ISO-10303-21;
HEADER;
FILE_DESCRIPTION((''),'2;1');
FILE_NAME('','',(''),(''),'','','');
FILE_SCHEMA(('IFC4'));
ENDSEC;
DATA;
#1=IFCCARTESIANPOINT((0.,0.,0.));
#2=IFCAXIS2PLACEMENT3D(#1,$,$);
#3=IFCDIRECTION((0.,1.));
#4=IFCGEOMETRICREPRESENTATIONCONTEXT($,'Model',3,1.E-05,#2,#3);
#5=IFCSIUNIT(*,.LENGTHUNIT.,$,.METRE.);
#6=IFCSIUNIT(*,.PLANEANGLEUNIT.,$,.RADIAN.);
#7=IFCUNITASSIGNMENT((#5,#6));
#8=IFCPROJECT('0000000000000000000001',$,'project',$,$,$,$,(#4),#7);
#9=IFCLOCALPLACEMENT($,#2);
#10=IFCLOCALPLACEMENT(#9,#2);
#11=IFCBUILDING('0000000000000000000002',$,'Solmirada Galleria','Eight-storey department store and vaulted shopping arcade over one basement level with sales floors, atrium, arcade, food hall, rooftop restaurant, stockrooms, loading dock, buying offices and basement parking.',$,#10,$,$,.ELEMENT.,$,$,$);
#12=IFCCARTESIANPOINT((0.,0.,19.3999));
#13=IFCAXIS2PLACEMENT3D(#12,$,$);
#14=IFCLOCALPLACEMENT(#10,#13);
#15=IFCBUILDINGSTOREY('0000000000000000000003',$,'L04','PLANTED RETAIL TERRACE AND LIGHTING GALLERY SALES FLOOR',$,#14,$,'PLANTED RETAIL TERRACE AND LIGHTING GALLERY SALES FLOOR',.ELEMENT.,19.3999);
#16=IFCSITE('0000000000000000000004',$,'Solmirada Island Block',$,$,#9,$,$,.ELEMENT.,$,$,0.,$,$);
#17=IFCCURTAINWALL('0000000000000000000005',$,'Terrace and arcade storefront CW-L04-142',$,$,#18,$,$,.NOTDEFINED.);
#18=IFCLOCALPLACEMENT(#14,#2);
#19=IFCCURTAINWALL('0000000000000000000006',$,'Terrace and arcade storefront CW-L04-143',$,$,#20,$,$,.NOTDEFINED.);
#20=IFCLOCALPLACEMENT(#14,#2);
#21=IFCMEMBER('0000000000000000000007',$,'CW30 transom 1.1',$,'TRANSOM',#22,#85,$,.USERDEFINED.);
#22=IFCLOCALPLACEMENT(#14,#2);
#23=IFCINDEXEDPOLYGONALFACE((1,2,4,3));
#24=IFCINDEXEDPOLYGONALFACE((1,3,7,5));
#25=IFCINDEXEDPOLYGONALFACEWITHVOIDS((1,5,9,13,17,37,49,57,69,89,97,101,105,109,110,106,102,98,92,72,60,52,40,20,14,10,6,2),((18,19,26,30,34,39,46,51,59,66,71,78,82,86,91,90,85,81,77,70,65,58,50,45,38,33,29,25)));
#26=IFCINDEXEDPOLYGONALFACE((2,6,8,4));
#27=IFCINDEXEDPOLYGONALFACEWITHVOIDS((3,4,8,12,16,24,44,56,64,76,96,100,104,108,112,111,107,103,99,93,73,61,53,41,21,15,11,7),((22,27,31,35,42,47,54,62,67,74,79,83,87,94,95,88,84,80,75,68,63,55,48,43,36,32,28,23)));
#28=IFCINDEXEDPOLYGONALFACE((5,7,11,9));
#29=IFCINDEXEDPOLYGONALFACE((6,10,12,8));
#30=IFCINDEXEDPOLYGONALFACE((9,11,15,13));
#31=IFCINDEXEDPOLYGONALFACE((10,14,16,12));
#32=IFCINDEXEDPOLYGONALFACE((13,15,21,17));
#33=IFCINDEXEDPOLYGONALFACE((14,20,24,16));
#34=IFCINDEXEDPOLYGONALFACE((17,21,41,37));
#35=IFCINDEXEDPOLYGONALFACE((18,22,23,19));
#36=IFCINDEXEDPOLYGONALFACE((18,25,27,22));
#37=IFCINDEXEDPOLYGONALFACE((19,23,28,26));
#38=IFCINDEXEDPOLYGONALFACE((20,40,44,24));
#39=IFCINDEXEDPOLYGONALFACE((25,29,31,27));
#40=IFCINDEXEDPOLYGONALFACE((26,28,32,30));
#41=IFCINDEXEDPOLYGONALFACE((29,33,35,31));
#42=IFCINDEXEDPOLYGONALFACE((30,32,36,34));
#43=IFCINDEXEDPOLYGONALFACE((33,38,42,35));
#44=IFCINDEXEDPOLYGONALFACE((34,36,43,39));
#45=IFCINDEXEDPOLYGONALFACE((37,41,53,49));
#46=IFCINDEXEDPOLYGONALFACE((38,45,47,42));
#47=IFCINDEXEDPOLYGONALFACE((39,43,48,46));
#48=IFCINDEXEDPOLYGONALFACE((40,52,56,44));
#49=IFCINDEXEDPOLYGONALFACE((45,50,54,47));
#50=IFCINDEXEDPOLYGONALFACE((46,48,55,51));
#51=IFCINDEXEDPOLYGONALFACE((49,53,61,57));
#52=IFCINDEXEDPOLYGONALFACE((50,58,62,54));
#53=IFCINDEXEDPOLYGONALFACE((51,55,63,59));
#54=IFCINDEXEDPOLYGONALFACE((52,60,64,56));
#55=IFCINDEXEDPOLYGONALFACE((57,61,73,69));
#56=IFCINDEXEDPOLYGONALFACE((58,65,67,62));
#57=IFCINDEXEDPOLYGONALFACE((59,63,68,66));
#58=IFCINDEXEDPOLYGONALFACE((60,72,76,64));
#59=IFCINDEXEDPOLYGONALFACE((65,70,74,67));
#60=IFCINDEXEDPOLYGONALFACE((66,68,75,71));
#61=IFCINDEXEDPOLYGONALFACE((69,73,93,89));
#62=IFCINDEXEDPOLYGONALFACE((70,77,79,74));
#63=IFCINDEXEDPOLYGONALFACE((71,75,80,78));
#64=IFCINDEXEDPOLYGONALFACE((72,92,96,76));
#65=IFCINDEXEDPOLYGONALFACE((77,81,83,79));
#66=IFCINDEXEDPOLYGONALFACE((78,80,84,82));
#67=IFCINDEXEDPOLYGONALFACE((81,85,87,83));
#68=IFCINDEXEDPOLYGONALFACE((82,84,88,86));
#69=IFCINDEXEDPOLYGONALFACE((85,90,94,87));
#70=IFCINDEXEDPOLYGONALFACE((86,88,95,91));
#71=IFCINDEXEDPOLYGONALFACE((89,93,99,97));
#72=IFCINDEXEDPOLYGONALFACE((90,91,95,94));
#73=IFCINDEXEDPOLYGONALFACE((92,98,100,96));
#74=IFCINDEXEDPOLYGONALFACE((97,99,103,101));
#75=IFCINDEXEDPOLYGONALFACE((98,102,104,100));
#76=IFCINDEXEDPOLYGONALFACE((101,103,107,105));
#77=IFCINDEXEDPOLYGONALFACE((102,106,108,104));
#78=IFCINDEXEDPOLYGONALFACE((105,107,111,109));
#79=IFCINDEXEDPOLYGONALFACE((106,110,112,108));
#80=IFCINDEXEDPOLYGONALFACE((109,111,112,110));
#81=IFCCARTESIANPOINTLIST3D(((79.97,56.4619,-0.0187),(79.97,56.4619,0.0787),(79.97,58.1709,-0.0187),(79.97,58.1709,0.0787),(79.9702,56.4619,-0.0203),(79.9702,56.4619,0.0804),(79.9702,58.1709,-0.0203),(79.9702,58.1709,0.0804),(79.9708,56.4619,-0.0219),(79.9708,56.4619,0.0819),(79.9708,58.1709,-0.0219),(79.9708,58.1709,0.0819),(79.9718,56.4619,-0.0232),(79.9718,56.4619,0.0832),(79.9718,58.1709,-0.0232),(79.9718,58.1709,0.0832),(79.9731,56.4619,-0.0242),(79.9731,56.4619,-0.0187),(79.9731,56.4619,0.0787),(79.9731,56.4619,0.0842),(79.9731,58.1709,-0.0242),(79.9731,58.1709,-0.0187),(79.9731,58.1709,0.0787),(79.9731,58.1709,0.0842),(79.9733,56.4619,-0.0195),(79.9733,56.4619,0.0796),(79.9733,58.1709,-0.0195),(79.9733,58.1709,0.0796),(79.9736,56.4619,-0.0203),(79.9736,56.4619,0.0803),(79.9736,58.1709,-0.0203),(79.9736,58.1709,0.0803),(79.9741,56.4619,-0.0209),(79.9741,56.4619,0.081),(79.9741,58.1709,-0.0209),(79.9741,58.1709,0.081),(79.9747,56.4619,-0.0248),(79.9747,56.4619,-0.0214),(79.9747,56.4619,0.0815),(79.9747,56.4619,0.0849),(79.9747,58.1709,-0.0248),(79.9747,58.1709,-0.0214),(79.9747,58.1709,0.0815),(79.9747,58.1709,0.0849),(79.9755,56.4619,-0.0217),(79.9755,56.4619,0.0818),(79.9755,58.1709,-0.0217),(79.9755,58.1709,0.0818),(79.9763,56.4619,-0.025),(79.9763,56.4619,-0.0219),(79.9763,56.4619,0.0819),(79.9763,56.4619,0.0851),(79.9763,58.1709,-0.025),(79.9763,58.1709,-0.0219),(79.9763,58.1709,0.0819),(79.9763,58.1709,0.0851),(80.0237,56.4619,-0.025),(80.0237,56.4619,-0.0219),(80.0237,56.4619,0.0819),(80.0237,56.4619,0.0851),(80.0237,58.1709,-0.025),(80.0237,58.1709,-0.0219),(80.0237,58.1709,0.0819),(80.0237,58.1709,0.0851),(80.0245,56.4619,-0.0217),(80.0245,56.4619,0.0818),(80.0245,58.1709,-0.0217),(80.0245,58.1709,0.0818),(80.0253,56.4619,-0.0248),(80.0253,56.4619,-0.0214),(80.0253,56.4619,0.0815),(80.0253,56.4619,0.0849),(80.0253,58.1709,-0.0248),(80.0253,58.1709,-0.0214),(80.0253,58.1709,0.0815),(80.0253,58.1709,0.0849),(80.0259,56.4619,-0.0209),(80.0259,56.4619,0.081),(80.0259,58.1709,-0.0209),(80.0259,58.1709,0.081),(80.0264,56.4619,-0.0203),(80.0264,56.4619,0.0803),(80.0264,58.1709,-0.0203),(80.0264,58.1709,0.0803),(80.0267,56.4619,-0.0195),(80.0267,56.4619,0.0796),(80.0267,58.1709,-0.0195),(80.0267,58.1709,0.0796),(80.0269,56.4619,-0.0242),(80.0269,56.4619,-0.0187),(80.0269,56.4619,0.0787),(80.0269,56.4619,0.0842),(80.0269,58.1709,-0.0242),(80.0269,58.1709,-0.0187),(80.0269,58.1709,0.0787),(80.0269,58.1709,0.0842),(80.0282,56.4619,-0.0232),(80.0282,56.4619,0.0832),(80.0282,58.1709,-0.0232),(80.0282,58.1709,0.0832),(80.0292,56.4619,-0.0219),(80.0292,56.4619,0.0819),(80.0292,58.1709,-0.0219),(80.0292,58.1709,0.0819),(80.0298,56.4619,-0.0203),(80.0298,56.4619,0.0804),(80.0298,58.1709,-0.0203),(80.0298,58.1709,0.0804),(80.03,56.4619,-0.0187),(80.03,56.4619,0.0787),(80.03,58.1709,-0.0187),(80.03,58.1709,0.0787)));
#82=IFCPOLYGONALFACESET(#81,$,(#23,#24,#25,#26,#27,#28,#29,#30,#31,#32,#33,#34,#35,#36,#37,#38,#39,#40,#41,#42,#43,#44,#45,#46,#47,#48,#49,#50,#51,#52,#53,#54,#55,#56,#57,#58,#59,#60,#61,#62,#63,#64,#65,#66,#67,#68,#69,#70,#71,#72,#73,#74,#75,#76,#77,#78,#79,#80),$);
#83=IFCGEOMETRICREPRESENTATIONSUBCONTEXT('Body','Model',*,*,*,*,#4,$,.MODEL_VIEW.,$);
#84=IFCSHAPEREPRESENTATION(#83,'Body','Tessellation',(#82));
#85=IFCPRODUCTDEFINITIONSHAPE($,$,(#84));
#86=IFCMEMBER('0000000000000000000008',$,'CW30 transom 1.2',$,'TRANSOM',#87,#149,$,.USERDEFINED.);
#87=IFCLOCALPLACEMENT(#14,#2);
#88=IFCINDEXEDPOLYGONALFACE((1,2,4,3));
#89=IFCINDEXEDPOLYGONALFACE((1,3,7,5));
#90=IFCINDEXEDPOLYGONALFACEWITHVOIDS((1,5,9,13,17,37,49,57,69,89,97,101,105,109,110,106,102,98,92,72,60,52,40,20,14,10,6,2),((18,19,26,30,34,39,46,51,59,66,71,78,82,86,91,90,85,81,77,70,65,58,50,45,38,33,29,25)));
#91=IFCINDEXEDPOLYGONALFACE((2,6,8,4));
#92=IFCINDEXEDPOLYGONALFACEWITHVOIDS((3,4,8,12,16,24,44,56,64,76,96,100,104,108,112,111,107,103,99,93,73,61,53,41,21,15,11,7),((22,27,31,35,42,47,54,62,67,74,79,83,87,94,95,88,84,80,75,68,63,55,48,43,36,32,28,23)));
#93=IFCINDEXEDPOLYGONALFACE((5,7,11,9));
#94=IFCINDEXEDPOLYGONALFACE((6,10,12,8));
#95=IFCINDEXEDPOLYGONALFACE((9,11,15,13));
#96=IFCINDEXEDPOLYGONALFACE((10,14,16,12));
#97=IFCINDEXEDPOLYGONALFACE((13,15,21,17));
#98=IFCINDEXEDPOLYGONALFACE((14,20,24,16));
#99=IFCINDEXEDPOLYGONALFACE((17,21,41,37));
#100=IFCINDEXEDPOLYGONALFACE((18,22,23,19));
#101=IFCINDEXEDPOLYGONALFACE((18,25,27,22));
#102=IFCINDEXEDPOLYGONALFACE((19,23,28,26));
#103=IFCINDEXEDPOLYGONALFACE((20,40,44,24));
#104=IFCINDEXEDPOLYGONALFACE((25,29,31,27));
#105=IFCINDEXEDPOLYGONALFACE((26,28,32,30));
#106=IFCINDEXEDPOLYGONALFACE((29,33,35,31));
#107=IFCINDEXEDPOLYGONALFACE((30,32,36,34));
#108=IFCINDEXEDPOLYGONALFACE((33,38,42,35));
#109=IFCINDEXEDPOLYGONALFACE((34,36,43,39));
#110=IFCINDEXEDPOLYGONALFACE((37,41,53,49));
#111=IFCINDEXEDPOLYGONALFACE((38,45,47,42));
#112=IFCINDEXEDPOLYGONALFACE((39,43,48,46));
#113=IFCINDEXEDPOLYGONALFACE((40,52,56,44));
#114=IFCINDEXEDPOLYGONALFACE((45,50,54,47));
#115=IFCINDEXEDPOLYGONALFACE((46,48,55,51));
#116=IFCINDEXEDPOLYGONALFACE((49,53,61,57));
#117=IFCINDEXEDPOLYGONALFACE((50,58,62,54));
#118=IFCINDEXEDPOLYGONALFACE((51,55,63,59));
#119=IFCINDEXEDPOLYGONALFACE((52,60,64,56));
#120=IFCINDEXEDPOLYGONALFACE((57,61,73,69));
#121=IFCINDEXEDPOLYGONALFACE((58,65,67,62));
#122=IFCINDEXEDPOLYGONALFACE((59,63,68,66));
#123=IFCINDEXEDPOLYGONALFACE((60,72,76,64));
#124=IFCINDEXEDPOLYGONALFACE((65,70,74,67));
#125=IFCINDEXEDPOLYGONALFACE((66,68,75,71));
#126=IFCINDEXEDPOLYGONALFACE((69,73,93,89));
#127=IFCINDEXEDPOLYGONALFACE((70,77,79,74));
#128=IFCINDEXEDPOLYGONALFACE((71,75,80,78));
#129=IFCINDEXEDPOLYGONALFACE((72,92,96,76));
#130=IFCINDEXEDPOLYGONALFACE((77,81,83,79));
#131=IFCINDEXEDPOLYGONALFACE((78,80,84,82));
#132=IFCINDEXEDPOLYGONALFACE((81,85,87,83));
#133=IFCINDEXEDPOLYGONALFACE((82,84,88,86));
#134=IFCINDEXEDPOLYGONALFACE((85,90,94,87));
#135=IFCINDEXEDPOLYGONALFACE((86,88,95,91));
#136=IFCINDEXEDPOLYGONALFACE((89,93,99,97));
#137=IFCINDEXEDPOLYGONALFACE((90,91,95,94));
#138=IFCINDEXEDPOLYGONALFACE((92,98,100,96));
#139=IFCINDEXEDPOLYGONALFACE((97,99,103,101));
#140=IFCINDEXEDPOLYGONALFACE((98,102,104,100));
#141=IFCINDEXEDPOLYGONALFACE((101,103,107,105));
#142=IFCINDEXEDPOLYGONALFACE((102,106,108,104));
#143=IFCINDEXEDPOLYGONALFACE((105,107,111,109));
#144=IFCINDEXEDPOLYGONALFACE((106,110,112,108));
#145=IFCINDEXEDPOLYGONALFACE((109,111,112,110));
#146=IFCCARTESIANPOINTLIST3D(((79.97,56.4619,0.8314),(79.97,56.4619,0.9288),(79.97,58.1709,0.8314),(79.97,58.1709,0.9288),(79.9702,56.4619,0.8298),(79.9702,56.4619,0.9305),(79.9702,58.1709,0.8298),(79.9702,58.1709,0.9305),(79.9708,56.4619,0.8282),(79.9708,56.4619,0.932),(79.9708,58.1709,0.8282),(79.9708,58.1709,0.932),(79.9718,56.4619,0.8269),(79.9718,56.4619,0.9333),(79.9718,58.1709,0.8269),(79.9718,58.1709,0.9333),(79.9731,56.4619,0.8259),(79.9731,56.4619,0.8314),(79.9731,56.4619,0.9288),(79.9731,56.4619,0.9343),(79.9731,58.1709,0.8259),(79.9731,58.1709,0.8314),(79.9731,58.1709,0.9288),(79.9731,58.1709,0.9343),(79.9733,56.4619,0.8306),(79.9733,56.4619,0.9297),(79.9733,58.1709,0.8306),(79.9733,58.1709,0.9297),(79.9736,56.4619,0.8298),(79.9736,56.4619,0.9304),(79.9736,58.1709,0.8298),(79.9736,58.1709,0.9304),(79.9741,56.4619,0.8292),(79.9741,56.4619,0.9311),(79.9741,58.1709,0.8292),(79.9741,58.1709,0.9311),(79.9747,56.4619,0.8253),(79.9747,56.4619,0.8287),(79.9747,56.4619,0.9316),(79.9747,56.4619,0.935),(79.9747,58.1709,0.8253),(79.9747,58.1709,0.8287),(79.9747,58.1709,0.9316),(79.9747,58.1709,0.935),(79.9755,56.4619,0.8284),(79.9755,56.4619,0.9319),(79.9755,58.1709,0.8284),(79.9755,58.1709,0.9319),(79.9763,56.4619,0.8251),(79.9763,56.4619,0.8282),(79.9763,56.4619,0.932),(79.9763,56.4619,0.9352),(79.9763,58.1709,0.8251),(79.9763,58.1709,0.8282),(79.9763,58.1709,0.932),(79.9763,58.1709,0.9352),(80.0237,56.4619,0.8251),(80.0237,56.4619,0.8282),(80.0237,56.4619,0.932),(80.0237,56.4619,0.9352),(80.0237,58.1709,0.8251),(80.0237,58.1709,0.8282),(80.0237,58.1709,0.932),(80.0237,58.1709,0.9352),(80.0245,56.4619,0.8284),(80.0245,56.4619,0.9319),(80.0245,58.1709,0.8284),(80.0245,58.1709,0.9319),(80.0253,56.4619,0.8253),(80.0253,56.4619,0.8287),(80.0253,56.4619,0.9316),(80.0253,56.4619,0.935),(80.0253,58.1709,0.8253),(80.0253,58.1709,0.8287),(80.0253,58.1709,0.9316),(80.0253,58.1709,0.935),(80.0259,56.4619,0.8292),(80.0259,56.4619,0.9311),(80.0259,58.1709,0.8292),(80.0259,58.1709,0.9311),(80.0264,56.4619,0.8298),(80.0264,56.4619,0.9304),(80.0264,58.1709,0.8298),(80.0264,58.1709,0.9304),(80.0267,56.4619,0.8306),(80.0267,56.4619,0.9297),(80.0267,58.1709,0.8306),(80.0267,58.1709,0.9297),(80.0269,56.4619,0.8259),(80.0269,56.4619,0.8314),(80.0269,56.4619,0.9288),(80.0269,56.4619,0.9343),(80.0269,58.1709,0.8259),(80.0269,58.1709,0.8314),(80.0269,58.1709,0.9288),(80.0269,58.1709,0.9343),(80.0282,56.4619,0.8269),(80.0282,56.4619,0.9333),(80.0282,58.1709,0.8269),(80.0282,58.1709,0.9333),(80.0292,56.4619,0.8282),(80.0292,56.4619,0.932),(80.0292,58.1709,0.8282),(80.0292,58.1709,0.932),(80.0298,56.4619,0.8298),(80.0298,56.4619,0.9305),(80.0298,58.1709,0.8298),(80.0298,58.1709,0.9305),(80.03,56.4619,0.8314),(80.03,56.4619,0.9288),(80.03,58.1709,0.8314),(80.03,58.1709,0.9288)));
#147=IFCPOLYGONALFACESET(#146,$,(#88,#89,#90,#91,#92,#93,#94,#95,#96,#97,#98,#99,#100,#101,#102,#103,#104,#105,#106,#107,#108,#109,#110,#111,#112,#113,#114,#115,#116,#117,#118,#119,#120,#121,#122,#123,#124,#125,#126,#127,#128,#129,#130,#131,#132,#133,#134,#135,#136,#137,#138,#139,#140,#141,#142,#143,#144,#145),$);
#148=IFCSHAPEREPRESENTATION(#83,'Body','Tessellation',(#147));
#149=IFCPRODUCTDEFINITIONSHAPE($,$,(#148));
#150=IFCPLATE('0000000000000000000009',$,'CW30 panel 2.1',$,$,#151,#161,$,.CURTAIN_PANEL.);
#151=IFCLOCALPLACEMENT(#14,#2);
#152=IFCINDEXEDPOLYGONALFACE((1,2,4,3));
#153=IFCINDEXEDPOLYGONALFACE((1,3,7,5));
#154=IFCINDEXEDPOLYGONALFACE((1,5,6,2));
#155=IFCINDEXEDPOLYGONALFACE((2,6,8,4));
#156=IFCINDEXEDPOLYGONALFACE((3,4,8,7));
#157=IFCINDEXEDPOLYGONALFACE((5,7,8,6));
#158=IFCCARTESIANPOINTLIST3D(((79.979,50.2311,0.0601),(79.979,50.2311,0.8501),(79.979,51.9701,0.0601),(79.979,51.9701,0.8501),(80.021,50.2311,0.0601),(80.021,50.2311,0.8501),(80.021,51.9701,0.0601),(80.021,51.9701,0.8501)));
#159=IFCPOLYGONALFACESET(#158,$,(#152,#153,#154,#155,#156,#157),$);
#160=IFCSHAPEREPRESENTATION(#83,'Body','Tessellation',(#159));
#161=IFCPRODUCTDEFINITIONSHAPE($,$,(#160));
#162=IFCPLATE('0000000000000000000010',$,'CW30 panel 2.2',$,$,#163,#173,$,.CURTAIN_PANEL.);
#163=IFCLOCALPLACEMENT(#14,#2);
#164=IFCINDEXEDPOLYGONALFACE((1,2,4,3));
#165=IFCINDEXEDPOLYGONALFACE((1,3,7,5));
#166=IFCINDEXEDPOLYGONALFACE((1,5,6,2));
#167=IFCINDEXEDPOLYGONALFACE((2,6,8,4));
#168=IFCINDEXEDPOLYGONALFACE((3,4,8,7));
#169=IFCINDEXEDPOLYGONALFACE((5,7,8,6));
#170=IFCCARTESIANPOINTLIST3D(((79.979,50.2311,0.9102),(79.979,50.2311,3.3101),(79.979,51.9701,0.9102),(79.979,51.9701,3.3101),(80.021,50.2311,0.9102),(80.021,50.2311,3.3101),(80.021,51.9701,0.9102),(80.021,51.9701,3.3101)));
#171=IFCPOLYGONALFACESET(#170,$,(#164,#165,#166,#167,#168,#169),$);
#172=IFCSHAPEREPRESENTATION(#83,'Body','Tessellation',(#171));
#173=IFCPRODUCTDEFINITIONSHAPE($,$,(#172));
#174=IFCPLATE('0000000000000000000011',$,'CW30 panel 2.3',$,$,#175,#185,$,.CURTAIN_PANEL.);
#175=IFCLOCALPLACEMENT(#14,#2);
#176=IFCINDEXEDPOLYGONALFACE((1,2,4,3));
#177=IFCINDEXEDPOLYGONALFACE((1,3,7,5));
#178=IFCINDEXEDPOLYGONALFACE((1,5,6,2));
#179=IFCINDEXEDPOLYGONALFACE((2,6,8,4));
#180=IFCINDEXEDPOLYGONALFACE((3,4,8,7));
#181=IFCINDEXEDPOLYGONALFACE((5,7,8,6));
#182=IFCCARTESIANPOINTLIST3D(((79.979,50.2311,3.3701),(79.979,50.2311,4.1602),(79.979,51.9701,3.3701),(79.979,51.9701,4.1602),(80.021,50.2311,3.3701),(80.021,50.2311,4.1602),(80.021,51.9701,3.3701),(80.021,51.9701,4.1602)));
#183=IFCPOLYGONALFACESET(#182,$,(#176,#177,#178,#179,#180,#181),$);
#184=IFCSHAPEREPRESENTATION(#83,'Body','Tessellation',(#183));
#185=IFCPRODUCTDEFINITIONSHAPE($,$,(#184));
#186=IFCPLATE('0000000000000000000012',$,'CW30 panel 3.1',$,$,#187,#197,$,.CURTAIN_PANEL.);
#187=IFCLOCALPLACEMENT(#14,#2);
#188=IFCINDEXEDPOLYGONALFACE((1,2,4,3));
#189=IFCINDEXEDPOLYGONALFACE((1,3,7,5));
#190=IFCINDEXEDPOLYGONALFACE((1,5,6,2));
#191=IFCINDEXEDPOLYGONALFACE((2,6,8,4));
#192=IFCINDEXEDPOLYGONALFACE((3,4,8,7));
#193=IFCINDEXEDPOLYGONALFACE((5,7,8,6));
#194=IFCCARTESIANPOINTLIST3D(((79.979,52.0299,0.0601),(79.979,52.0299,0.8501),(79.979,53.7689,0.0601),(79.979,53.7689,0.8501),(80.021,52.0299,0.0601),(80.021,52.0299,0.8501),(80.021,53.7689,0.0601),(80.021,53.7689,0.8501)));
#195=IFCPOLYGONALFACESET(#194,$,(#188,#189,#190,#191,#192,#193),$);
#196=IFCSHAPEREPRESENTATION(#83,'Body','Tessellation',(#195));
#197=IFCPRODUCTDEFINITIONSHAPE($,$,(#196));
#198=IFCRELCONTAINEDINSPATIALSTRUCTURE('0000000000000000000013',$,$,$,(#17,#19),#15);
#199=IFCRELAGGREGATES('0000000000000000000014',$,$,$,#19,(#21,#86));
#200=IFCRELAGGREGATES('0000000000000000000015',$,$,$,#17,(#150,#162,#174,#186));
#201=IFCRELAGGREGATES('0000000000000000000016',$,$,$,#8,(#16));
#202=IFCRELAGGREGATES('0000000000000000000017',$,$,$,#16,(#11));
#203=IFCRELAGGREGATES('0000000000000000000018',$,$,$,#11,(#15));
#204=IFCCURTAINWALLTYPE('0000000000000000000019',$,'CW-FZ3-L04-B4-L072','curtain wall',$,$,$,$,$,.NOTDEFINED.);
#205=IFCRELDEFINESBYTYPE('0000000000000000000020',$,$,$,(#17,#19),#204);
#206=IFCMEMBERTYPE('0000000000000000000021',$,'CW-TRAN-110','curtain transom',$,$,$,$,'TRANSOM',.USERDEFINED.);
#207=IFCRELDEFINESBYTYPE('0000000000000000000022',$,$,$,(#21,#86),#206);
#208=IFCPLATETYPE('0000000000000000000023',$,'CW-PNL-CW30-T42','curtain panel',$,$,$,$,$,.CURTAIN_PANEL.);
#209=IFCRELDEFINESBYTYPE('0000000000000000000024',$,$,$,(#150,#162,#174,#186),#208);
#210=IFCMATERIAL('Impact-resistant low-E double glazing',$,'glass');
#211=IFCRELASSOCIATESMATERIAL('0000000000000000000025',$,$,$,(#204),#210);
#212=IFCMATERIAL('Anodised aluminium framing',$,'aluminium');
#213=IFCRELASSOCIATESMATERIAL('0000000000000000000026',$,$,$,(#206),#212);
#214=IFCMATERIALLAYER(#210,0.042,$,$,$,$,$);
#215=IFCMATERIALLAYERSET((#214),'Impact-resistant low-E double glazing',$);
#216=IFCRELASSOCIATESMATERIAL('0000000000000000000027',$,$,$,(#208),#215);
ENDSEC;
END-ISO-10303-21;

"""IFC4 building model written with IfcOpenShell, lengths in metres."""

from ifc_helpers import new_model, si_unit, direction, frame, origin, origin_2d, place, context, subcontext, project, spatial, rectangle, hollow_rectangle, extrude, material, layer, layer_set, material_profile, profile_set, type_object, element, aggregate, save


model = new_model("IFC4")

# Units and contexts
model_context = context("Model", 3, precision=1e-05, world=origin(), true_north=direction((0.0, 1.0)))
body_context = subcontext(model_context, "Body", "Model", "MODEL_VIEW")
ifc_project = project(units=[si_unit("LENGTHUNIT", "METRE"), si_unit("PLANEANGLEUNIT", "RADIAN")], contexts=[model_context])

# Site, building, storey
site_placement = place(None, origin())
site = spatial("IfcSite", under=ifc_project, at=site_placement, Name="Solmirada Island Block", CompositionType="ELEMENT", RefElevation=0.0)
building_placement = place(site_placement, origin())
building = spatial("IfcBuilding", under=site, at=building_placement, Name="Solmirada Galleria", Description="Eight-storey department store and vaulted shopping arcade over one basement level with sales floors, atrium, arcade, food hall, rooftop restaurant, stockrooms, loading dock, buying offices and basement parking.", CompositionType="ELEMENT")
storey_placement = place(building_placement, frame((0.0, 0.0, 19.3999)))
storey = spatial("IfcBuildingStorey", under=building, at=storey_placement, Name="L04", Description="PLANTED RETAIL TERRACE AND LIGHTING GALLERY SALES FLOOR", LongName="PLANTED RETAIL TERRACE AND LIGHTING GALLERY SALES FLOOR", CompositionType="ELEMENT", Elevation=19.3999)

# Curtain wall
ifc_material_1 = material(Name="Impact-resistant low-E double glazing", Category="glass")
curtain_wall_type = type_object("IfcCurtainWallType", Name="CW-FZ3-L04-B4-L072", Description="curtain wall", PredefinedType="NOTDEFINED", material=ifc_material_1)
curtain_wall_1_placement = place(storey_placement, origin())
curtain_wall_1 = element("IfcCurtainWall", 1, at=curtain_wall_1_placement, inside=storey, type_object=curtain_wall_type, Name="Terrace and arcade storefront CW-L04-142", PredefinedType="NOTDEFINED")
ifc_material_2 = material(Name="Anodised aluminium framing", Category="aluminium")

# Curtain wall
curtain_wall_2_placement = place(storey_placement, origin())
curtain_wall_2 = element("IfcCurtainWall", 2, at=curtain_wall_2_placement, inside=storey, type_object=curtain_wall_type, Name="Terrace and arcade storefront CW-L04-143", PredefinedType="NOTDEFINED")

# Members
ifc_material_profile_1 = material_profile(ifc_material_2, hollow_rectangle(XDim=0.0601, YDim=0.1101, WallThickness=0.0032, InnerFilletRadius=0.0032, OuterFilletRadius=0.0063, at=origin_2d()), Name="ALU-TRAN-110X60")
ifc_profile_set_1 = profile_set([ifc_material_profile_1], Name="Anodised aluminium framing")
member_type_1 = type_object("IfcMemberType", Name="CW-TRAN-110", Description="curtain transom", ElementType="TRANSOM", PredefinedType="USERDEFINED", material=ifc_profile_set_1)
member_1_placement = place(storey_placement, frame((80.0, 56.4619, 0.03), z_axis=(0.0, 1.0, 0.0), x_axis=(-1.0, 0.0, 0.0)))
member_1 = element("IfcMember", 3, at=member_1_placement, type_object=member_type_1, Name="CW30 transom 1.1", ObjectType="TRANSOM", PredefinedType="USERDEFINED", context=body_context, shape_type="SweptSolid", body=[
    extrude(hollow_rectangle(XDim=0.0601, YDim=0.1101, WallThickness=0.0032, InnerFilletRadius=0.0032, OuterFilletRadius=0.0063, at=origin_2d()), origin(), (0.0, 0.0, 1.0), 1.709),
])
member_2_placement = place(storey_placement, frame((80.0, 56.4619, 0.8801), z_axis=(0.0, 1.0, 0.0), x_axis=(-1.0, 0.0, 0.0)))
member_2 = element("IfcMember", 4, at=member_2_placement, type_object=member_type_1, Name="CW30 transom 1.2", ObjectType="TRANSOM", PredefinedType="USERDEFINED", context=body_context, shape_type="SweptSolid", body=[
    extrude(hollow_rectangle(XDim=0.0601, YDim=0.1101, WallThickness=0.0032, InnerFilletRadius=0.0032, OuterFilletRadius=0.0063, at=origin_2d()), origin(), (0.0, 0.0, 1.0), 1.709),
])
aggregate(curtain_wall_2, [member_1, member_2])

# Plates
ifc_layer = layer(ifc_material_1, 0.042)
ifc_layer_set = layer_set([ifc_layer], Name="Impact-resistant low-E double glazing")
plate_type = type_object("IfcPlateType", Name="CW-PNL-CW30-T42", Description="curtain panel", PredefinedType="CURTAIN_PANEL", material=ifc_layer_set)
plate_1_placement = place(storey_placement, frame((80.0, 51.1006, 0.0601), z_axis=(0.0, 0.0, 1.0), x_axis=(0.0, 1.0, 0.0)))
plate_1 = element("IfcPlate", 5, at=plate_1_placement, type_object=plate_type, Name="CW30 panel 2.1", PredefinedType="CURTAIN_PANEL", context=body_context, shape_type="SweptSolid", body=[
    extrude(rectangle(XDim=1.739, YDim=0.042, at=origin_2d()), origin(), (0.0, 0.0, 1.0), 0.79),
])
plate_2_placement = place(storey_placement, frame((80.0, 51.1006, 0.9102), z_axis=(0.0, 0.0, 1.0), x_axis=(0.0, 1.0, 0.0)))
plate_2 = element("IfcPlate", 6, at=plate_2_placement, type_object=plate_type, Name="CW30 panel 2.2", PredefinedType="CURTAIN_PANEL", context=body_context, shape_type="SweptSolid", body=[
    extrude(rectangle(XDim=1.739, YDim=0.042, at=origin_2d()), origin(), (0.0, 0.0, 1.0), 2.3999),
])
plate_3_placement = place(storey_placement, frame((80.0, 51.1006, 3.3701), z_axis=(0.0, 0.0, 1.0), x_axis=(0.0, 1.0, 0.0)))
plate_3 = element("IfcPlate", 7, at=plate_3_placement, type_object=plate_type, Name="CW30 panel 2.3", PredefinedType="CURTAIN_PANEL", context=body_context, shape_type="SweptSolid", body=[
    extrude(rectangle(XDim=1.739, YDim=0.042, at=origin_2d()), origin(), (0.0, 0.0, 1.0), 0.79),
])
plate_4_placement = place(storey_placement, frame((80.0, 52.8994, 0.0601), z_axis=(0.0, 0.0, 1.0), x_axis=(0.0, 1.0, 0.0)))
plate_4 = element("IfcPlate", 8, at=plate_4_placement, type_object=plate_type, Name="CW30 panel 3.1", PredefinedType="CURTAIN_PANEL", context=body_context, shape_type="SweptSolid", body=[
    extrude(rectangle(XDim=1.739, YDim=0.042, at=origin_2d()), origin(), (0.0, 0.0, 1.0), 0.79),
])
aggregate(curtain_wall_1, [plate_1, plate_2, plate_3, plate_4])

save(model, "model.ifc")
